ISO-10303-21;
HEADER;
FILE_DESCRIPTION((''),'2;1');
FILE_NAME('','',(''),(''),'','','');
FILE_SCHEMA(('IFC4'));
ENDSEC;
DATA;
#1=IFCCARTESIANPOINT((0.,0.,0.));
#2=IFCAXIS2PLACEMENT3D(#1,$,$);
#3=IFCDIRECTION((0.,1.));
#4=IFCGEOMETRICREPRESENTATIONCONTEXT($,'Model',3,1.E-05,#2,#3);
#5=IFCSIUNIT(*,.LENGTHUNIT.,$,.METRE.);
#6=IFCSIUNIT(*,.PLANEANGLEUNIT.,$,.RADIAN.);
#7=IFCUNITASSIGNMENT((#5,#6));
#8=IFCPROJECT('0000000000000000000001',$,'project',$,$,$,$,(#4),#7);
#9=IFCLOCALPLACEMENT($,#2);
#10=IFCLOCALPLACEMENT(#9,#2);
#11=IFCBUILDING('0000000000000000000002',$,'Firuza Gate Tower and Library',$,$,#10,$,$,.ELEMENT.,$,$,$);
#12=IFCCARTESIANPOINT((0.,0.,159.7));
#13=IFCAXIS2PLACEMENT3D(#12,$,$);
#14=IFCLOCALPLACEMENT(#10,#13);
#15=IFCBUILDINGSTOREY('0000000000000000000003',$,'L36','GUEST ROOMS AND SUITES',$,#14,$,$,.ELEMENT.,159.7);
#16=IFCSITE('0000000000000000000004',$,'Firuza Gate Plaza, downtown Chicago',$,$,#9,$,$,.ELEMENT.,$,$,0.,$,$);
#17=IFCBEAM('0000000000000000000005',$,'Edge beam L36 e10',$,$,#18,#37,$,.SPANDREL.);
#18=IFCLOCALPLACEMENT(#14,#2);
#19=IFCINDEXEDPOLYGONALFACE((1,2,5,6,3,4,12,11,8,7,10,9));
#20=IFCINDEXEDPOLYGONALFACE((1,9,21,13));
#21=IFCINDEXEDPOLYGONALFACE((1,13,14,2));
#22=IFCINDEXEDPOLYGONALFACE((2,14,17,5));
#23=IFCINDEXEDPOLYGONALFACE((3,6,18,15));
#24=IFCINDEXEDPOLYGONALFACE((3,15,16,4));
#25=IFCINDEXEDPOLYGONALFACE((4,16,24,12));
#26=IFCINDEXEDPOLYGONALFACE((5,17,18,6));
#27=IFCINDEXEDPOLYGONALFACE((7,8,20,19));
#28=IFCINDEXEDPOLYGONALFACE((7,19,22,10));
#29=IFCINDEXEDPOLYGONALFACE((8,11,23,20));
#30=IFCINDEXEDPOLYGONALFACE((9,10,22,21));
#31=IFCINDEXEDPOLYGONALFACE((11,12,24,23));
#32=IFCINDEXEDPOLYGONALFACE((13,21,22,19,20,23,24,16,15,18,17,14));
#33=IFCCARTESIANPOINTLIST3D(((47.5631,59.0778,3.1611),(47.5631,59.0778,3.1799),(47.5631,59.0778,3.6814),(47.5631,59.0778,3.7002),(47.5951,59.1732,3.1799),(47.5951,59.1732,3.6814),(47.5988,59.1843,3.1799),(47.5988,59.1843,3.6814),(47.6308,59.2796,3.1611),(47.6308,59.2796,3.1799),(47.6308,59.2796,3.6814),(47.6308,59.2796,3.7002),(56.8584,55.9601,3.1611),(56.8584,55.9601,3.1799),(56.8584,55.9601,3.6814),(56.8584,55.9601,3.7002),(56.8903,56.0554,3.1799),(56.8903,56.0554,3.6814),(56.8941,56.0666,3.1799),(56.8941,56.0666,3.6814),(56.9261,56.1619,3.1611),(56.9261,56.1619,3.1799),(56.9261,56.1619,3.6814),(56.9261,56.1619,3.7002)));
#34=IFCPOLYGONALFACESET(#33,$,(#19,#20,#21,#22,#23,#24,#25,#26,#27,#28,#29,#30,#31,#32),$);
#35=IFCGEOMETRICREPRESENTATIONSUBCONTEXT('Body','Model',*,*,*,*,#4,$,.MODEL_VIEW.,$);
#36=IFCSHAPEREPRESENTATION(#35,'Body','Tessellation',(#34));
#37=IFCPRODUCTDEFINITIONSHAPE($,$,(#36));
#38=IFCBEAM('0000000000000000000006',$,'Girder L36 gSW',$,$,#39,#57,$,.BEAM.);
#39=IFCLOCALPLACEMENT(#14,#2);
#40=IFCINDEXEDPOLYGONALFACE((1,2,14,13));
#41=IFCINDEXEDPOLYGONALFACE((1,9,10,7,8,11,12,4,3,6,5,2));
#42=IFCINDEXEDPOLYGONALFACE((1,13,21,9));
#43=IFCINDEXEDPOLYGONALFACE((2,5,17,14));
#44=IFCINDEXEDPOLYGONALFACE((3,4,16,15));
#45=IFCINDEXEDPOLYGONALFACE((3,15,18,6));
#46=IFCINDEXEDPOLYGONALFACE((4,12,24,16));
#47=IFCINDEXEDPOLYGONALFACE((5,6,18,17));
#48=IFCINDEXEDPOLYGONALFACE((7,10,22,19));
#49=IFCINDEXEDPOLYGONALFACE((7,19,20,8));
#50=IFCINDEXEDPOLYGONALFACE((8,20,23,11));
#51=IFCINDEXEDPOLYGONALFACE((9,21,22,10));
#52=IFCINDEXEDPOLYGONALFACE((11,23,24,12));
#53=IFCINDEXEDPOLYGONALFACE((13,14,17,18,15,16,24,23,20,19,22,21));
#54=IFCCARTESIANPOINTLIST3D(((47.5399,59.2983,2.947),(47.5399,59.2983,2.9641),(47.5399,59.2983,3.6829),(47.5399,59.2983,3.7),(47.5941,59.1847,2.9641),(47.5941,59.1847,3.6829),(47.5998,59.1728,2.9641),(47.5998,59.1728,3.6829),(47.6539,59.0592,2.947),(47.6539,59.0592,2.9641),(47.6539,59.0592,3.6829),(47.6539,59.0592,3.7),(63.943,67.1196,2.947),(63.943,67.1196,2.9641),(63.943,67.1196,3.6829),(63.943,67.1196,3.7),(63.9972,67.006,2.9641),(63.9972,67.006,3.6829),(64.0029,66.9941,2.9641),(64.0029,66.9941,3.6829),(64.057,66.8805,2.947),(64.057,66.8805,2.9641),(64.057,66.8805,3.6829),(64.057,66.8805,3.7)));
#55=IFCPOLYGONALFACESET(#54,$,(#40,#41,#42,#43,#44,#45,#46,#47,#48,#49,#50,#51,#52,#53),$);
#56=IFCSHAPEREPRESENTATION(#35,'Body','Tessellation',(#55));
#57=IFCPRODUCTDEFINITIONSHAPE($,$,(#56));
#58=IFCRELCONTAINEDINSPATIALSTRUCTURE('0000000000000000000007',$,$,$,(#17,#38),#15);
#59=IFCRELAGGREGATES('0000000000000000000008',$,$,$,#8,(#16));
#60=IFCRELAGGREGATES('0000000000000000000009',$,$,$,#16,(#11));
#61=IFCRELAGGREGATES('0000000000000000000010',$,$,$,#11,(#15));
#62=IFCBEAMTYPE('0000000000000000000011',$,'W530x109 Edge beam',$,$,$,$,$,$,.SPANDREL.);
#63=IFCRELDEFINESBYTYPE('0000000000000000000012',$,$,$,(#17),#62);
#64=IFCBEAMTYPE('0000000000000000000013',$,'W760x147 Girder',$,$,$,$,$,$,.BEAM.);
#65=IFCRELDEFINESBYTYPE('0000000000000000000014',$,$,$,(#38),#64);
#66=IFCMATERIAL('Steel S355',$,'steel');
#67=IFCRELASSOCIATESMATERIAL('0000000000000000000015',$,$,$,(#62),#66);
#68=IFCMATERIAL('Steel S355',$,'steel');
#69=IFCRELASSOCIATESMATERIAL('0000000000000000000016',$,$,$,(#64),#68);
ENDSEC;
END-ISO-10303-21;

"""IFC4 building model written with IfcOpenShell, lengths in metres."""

from ifc_helpers import new_model, si_unit, direction, frame, origin, origin_2d, place, context, subcontext, project, spatial, i_section, extrude, material, material_profile, profile_set, type_object, element, save


model = new_model("IFC4")

# Units and contexts
model_context = context("Model", 3, precision=1e-05, world=origin(), true_north=direction((0.0, 1.0)))
body_context = subcontext(model_context, "Body", "Model", "MODEL_VIEW")
ifc_project = project(units=[si_unit("LENGTHUNIT", "METRE"), si_unit("PLANEANGLEUNIT", "RADIAN")], contexts=[model_context])

# Site, building, storey
site_placement = place(None, origin())
site = spatial("IfcSite", under=ifc_project, at=site_placement, Name="Firuza Gate Plaza, downtown Chicago", CompositionType="ELEMENT", RefElevation=0.0)
building_placement = place(site_placement, origin())
building = spatial("IfcBuilding", under=site, at=building_placement, Name="Firuza Gate Tower and Library", CompositionType="ELEMENT")
storey_placement = place(building_placement, frame((0.0, 0.0, 159.7)))
storey = spatial("IfcBuildingStorey", under=building, at=storey_placement, Name="L36", Description="GUEST ROOMS AND SUITES", CompositionType="ELEMENT", Elevation=159.7)

# Beams
ifc_material_1 = material(Name="Steel S355", Category="steel")
ifc_material_profile_1 = material_profile(ifc_material_1, i_section(OverallWidth=0.2129, OverallDepth=0.5391, WebThickness=0.0117, FlangeThickness=0.0188, at=origin_2d()))
ifc_profile_set_1 = profile_set([ifc_material_profile_1], Name="Steel S355")
beam_type_1 = type_object("IfcBeamType", Name="W530x109 Edge beam", PredefinedType="SPANDREL", material=ifc_profile_set_1)
beam_1_placement = place(storey_placement, frame((47.5969, 59.1787, 3.4307), z_axis=(0.948091, -0.317998, 0.0), x_axis=(0.317998, 0.948091, 0.0)))
element("IfcBeam", 1, at=beam_1_placement, inside=storey, type_object=beam_type_1, Name="Edge beam L36 e10", PredefinedType="SPANDREL", context=body_context, shape_type="SweptSolid", body=[
    extrude(i_section(OverallWidth=0.2129, OverallDepth=0.5391, WebThickness=0.0117, FlangeThickness=0.0188, at=origin_2d()), origin(), (0.0, 0.0, 1.0), 9.8042),
])
ifc_material_2 = material(Name="Steel S355", Category="steel")
ifc_material_profile_2 = material_profile(ifc_material_2, i_section(OverallWidth=0.2649, OverallDepth=0.7529, WebThickness=0.0132, FlangeThickness=0.0171, at=origin_2d()))
ifc_profile_set_2 = profile_set([ifc_material_profile_2], Name="Steel S355")
beam_type_2 = type_object("IfcBeamType", Name="W760x147 Girder", PredefinedType="BEAM", material=ifc_profile_set_2)
beam_2_placement = place(storey_placement, frame((47.5969, 59.1787, 3.3235), z_axis=(0.90264, 0.430396, 0.0), x_axis=(-0.430396, 0.90264, 0.0)))
element("IfcBeam", 2, at=beam_2_placement, inside=storey, type_object=beam_type_2, Name="Girder L36 gSW", PredefinedType="BEAM", context=body_context, shape_type="SweptSolid", body=[
    extrude(i_section(OverallWidth=0.2649, OverallDepth=0.7529, WebThickness=0.0132, FlangeThickness=0.0171, at=origin_2d()), origin(), (0.0, 0.0, 1.0), 18.1724),
])

save(model, "model.ifc")
